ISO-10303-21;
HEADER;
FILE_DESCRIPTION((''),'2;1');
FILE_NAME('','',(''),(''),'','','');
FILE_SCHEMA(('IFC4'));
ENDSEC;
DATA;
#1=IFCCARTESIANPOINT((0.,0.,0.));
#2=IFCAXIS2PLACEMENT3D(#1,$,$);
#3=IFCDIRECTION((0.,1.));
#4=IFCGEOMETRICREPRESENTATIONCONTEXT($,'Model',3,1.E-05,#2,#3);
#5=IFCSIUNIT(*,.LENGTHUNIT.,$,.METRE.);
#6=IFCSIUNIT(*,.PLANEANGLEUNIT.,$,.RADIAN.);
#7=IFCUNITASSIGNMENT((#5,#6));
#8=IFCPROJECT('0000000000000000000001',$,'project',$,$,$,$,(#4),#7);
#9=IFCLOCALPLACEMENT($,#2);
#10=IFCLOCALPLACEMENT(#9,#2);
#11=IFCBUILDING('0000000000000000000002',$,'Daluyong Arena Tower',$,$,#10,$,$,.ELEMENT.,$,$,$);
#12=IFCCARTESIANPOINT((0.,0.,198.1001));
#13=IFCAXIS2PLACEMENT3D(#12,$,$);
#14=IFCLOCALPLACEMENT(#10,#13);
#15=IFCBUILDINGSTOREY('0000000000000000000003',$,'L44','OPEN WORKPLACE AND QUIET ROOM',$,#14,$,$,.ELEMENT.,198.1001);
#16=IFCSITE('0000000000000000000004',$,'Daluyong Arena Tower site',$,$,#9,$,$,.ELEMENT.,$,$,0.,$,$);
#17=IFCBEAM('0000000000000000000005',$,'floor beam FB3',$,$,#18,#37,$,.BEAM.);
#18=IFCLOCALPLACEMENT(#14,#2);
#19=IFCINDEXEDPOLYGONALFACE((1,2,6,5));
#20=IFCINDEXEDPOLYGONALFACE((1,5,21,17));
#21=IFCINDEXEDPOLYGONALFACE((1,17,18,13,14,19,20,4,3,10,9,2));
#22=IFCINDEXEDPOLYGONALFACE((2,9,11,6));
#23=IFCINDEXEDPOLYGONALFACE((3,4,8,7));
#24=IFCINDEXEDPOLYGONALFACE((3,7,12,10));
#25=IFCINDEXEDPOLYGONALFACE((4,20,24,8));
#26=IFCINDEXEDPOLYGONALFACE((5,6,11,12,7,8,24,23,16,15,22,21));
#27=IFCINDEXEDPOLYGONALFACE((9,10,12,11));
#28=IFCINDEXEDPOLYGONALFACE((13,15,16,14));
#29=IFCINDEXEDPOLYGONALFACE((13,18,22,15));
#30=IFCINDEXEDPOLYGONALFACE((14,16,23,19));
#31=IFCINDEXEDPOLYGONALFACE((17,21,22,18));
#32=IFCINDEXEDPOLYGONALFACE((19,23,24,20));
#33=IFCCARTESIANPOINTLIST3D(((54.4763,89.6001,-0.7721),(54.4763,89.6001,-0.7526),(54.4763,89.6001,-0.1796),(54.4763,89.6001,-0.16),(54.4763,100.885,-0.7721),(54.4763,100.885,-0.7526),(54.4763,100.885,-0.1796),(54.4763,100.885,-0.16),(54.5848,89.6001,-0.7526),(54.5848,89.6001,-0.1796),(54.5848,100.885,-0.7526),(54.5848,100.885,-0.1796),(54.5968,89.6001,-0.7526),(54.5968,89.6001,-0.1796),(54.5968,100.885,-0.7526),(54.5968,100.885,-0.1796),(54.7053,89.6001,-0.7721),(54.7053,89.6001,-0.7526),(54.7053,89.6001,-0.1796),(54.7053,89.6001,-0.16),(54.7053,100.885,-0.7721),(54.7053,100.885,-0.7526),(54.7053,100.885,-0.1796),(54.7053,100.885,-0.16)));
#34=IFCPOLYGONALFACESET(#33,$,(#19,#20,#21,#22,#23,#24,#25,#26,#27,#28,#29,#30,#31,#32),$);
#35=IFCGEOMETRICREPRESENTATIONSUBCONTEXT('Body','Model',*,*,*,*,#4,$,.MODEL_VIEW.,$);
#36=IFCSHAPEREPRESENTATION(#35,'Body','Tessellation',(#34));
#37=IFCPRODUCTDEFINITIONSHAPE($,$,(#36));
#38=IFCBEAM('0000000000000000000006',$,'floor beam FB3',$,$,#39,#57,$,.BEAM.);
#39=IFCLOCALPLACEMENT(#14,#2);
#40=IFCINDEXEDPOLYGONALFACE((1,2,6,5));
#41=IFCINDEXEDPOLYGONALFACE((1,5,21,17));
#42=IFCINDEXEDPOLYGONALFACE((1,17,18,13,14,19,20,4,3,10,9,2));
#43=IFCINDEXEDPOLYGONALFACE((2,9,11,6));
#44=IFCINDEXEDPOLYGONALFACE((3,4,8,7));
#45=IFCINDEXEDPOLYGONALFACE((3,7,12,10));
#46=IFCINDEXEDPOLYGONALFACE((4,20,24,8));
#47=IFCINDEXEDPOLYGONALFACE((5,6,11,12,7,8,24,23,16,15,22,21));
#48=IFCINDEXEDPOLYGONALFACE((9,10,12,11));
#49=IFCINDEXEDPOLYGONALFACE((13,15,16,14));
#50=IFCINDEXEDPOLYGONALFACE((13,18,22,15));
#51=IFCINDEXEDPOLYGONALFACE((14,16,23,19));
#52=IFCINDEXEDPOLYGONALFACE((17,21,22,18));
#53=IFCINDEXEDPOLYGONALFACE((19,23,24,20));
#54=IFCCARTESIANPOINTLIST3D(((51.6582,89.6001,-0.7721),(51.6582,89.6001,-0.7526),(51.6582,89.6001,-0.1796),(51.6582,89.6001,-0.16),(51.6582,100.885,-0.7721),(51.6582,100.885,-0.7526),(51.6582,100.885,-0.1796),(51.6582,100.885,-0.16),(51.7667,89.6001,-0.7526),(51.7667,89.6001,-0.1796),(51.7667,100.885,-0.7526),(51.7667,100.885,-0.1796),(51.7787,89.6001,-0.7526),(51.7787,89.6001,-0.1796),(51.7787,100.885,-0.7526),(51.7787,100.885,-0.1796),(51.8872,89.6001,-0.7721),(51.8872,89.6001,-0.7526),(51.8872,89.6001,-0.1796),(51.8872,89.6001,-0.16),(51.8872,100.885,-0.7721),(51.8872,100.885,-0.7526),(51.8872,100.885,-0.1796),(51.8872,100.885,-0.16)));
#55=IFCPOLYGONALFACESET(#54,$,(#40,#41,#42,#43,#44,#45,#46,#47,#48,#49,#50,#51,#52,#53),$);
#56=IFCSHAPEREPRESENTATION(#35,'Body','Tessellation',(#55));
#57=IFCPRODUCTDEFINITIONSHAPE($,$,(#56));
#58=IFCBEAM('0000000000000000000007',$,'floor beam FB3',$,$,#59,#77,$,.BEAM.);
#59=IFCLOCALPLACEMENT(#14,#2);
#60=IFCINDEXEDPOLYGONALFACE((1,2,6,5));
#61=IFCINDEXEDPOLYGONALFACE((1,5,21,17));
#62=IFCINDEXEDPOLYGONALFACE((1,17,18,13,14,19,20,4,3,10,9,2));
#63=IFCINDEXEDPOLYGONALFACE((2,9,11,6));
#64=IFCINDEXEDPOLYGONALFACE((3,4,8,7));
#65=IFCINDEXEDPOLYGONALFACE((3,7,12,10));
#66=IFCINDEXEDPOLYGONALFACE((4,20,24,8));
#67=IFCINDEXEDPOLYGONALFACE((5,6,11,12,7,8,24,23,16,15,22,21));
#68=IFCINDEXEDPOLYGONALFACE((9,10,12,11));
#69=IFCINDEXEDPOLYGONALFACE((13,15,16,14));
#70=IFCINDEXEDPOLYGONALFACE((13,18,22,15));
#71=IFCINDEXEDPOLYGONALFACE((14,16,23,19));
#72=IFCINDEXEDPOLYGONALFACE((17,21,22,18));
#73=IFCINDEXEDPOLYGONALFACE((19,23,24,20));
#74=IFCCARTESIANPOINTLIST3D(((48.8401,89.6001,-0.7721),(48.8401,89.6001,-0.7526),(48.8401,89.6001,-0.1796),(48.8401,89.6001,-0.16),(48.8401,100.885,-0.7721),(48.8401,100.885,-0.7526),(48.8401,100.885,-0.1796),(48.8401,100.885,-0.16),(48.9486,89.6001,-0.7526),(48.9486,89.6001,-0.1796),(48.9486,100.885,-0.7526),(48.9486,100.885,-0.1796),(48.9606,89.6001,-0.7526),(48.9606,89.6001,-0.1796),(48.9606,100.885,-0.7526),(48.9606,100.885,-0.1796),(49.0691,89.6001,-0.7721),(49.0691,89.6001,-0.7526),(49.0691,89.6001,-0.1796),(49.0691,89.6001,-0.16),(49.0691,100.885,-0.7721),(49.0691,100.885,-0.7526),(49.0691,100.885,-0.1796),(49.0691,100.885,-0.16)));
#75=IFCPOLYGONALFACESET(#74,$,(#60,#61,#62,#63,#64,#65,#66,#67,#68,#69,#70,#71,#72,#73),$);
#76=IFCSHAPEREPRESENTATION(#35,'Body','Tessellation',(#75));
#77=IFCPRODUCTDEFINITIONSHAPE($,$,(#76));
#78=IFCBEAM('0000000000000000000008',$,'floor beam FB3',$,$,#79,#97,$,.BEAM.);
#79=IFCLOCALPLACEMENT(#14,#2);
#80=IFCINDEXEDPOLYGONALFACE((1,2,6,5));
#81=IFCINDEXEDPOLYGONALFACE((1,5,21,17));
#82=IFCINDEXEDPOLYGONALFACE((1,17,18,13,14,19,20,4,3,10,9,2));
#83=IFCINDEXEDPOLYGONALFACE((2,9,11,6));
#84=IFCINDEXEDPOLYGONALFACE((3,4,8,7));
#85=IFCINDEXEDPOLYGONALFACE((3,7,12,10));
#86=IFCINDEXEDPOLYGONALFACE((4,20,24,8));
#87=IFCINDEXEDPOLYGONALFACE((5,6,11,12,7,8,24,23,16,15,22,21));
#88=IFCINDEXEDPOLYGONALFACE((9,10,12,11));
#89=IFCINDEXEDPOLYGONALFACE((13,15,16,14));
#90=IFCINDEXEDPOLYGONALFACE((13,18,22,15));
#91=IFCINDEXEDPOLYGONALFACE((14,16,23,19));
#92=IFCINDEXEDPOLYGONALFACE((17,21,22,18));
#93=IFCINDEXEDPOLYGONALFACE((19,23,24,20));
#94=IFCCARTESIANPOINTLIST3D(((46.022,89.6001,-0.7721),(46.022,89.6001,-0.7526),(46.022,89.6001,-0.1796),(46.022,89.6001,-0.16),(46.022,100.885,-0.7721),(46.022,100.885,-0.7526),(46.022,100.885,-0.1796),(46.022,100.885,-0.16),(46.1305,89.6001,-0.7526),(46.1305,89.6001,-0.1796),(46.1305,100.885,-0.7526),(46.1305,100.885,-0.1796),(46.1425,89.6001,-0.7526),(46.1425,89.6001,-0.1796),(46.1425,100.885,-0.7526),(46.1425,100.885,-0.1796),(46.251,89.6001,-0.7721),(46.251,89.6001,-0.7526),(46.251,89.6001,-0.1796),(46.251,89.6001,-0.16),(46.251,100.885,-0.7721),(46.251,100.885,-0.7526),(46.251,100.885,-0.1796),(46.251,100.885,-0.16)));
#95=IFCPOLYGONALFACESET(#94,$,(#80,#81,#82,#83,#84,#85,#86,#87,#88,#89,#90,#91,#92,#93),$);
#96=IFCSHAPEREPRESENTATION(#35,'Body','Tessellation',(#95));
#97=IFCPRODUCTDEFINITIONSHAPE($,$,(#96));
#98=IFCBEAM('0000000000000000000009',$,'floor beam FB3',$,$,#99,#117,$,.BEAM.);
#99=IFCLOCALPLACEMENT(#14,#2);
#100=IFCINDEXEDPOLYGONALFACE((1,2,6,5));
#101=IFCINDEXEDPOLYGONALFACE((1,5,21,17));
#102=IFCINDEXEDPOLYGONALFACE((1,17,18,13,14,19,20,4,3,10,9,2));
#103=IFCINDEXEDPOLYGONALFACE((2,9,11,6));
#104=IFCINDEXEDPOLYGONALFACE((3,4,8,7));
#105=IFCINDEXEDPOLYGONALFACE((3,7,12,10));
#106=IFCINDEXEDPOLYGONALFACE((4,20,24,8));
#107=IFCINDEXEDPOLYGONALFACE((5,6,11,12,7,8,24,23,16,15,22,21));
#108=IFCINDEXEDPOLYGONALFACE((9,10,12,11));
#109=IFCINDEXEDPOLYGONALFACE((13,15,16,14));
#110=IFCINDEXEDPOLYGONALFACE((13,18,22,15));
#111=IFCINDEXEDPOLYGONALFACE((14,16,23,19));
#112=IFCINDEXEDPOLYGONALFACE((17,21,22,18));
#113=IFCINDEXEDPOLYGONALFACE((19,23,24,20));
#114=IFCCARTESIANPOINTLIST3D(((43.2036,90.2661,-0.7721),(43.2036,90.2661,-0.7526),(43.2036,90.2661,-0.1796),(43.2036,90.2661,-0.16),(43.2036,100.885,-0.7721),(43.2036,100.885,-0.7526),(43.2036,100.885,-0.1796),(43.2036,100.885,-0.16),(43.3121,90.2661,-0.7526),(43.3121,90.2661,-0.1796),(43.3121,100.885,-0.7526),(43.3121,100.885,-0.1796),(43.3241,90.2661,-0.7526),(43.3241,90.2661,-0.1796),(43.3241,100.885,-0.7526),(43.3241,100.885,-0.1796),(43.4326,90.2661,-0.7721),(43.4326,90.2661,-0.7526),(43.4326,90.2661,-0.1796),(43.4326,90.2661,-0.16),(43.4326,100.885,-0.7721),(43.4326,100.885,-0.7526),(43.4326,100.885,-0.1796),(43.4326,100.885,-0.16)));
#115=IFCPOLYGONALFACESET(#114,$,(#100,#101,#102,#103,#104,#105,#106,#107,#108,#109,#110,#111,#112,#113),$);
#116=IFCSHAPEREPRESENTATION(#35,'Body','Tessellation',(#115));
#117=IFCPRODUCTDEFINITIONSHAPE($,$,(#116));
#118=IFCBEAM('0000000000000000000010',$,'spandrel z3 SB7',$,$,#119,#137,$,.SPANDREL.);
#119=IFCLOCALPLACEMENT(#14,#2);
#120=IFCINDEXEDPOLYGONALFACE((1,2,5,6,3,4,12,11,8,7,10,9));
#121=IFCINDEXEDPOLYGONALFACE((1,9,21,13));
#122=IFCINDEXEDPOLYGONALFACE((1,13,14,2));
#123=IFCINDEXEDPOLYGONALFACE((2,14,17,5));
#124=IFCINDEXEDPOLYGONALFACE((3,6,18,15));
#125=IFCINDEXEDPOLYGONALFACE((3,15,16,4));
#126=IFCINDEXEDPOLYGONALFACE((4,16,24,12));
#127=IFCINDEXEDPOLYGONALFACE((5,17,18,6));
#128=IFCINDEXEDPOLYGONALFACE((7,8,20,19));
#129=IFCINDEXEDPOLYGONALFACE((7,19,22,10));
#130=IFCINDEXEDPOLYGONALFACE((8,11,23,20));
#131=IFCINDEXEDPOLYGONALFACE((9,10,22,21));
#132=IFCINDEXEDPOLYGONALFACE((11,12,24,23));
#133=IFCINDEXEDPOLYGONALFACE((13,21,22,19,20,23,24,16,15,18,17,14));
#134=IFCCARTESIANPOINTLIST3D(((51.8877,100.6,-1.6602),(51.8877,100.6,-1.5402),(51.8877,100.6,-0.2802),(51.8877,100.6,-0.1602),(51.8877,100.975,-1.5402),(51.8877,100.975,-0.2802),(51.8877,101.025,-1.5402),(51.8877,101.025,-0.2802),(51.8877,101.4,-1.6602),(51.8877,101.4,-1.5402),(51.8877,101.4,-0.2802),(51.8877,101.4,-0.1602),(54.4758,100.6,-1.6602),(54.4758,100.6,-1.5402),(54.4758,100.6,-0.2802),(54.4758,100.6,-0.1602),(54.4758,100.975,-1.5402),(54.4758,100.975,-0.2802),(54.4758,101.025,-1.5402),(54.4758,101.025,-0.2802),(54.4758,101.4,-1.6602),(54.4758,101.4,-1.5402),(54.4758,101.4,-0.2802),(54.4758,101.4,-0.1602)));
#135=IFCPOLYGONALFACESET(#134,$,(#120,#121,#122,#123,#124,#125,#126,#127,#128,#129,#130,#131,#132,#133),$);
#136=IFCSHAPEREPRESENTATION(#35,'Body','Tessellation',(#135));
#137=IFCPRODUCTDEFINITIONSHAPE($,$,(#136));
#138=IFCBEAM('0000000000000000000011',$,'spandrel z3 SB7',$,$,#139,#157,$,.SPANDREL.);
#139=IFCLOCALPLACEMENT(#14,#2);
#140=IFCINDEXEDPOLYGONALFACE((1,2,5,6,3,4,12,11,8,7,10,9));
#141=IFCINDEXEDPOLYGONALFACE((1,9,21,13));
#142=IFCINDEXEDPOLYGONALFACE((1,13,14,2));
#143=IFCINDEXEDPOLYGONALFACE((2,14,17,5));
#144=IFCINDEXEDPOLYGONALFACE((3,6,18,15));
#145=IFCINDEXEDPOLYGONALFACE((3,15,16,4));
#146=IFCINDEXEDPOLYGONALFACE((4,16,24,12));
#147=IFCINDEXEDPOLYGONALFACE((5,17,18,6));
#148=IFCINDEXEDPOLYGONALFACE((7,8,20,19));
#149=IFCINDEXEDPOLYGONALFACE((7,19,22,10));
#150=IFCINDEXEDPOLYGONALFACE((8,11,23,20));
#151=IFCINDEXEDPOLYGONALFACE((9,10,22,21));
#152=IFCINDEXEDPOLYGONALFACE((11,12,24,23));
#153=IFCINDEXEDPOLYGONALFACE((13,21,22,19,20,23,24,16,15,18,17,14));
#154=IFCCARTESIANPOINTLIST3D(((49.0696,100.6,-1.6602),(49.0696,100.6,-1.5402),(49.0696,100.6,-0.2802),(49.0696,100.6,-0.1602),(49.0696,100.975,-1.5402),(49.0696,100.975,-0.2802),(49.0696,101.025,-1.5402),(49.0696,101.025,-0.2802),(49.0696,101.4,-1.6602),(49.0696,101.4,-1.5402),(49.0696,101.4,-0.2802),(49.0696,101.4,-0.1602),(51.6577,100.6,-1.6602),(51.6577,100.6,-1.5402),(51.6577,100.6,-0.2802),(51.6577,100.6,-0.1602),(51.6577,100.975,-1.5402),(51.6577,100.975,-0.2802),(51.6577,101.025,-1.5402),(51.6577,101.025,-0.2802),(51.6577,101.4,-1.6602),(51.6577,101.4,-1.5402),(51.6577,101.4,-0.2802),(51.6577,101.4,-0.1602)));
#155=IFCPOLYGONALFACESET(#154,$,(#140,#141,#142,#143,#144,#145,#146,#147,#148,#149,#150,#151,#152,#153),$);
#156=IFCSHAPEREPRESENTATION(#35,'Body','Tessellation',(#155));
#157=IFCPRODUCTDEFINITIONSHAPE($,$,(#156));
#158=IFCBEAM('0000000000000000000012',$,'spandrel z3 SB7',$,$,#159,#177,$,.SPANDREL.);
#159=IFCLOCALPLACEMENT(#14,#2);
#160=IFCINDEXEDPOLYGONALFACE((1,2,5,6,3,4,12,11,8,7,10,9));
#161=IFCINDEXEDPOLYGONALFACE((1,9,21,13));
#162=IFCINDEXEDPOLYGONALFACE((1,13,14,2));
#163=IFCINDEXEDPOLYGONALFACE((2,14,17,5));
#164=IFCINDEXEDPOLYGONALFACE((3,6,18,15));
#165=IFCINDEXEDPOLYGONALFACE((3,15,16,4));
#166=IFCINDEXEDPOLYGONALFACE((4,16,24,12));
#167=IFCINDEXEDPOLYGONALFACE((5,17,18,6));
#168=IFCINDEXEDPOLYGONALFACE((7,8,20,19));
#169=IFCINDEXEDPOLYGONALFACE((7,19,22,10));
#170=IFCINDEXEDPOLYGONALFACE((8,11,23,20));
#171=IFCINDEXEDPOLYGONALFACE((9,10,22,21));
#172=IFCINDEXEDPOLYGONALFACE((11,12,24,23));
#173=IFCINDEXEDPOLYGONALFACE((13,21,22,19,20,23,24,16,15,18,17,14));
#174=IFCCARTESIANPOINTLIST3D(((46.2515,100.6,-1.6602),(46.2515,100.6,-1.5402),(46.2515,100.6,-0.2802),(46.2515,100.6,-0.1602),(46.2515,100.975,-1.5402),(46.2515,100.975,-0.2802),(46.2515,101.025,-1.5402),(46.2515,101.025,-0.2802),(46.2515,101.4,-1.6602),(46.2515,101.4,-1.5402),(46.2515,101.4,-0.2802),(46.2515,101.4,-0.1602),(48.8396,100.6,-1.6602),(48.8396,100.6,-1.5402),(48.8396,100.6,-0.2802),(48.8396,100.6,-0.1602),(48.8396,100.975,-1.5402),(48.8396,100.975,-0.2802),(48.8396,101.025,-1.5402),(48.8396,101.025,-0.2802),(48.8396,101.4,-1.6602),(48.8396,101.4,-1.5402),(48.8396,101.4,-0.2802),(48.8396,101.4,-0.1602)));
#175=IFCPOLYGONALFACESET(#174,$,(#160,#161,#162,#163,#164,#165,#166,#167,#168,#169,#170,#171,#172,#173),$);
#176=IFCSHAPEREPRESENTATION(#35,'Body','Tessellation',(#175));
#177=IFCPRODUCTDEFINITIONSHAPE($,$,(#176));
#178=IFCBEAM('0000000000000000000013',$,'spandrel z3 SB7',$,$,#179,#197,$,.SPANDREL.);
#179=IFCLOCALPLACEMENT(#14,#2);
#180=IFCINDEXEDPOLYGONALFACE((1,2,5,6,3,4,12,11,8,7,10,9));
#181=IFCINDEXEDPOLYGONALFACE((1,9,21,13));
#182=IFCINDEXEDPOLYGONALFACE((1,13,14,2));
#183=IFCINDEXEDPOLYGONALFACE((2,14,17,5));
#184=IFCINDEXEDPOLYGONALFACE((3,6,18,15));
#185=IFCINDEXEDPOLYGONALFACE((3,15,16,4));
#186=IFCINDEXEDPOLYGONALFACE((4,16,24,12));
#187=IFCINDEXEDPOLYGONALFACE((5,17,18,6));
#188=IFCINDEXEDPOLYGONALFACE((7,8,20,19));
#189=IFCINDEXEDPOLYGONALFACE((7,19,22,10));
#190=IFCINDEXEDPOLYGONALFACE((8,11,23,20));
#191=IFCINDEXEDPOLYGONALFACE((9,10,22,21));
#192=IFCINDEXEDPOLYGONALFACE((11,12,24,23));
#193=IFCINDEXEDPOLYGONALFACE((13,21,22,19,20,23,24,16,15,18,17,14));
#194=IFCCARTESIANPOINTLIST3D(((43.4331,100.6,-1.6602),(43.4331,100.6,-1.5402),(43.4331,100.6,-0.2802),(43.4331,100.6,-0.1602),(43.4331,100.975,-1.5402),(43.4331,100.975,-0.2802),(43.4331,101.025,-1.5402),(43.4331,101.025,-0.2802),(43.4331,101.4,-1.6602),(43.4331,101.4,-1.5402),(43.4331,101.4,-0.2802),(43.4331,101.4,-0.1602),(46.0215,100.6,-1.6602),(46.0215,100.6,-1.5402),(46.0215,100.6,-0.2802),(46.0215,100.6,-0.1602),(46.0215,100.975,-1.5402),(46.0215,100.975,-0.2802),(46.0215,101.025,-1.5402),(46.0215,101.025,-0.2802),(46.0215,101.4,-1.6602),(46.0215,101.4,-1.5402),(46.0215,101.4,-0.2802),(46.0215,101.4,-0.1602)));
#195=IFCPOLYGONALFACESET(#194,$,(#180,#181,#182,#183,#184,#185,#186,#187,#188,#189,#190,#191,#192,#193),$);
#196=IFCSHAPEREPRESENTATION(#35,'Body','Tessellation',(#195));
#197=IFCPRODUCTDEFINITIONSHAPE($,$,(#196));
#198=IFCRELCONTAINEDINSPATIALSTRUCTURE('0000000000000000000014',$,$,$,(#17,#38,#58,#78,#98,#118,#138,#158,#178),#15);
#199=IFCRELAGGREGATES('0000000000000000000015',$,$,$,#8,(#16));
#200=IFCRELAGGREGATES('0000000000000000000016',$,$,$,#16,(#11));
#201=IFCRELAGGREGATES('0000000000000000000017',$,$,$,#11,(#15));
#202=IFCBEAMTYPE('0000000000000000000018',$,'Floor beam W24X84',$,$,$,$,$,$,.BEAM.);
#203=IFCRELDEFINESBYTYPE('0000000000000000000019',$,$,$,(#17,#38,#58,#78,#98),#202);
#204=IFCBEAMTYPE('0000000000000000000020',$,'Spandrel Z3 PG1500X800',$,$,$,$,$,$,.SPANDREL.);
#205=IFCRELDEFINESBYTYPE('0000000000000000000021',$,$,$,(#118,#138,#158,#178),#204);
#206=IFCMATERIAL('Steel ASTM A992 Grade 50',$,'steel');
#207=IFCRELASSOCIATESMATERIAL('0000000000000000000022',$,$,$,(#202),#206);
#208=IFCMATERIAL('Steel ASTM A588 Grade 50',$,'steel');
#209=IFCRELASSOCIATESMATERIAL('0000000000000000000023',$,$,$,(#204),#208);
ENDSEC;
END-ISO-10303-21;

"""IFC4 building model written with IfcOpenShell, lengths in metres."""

from ifc_helpers import new_model, si_unit, direction, frame, origin, origin_2d, place, context, subcontext, project, spatial, i_section, extrude, material, material_profile, profile_set, type_object, element, save


model = new_model("IFC4")

# Units and contexts
model_context = context("Model", 3, precision=1e-05, world=origin(), true_north=direction((0.0, 1.0)))
body_context = subcontext(model_context, "Body", "Model", "MODEL_VIEW")
ifc_project = project(units=[si_unit("LENGTHUNIT", "METRE"), si_unit("PLANEANGLEUNIT", "RADIAN")], contexts=[model_context])

# Site, building, storey
site_placement = place(None, origin())
site = spatial("IfcSite", under=ifc_project, at=site_placement, Name="Daluyong Arena Tower site", CompositionType="ELEMENT", RefElevation=0.0)
building_placement = place(site_placement, origin())
building = spatial("IfcBuilding", under=site, at=building_placement, Name="Daluyong Arena Tower", CompositionType="ELEMENT")
storey_placement = place(building_placement, frame((0.0, 0.0, 198.1001)))
storey = spatial("IfcBuildingStorey", under=building, at=storey_placement, Name="L44", Description="OPEN WORKPLACE AND QUIET ROOM", CompositionType="ELEMENT", Elevation=198.1001)

# Beams
ifc_material_1 = material(Name="Steel ASTM A992 Grade 50", Category="steel")
ifc_material_profile_1 = material_profile(ifc_material_1, i_section(OverallWidth=0.229, OverallDepth=0.6121, WebThickness=0.012, FlangeThickness=0.0195, at=origin_2d()))
ifc_profile_set_1 = profile_set([ifc_material_profile_1], Name="Steel ASTM A992 Grade 50")
beam_type_1 = type_object("IfcBeamType", Name="Floor beam W24X84", PredefinedType="BEAM", material=ifc_profile_set_1)
for number, where, z_axis, x_axis, name in (
    (1, (54.5908, 100.885, -0.4661), (0.0, -1.0, 0.0), (1.0, 0.0, 0.0), "floor beam FB3"),
    (2, (51.7727, 100.885, -0.4661), (0.0, -1.0, 0.0), (1.0, 0.0, 0.0), "floor beam FB3"),
    (3, (48.9546, 100.885, -0.4661), (0.0, -1.0, 0.0), (1.0, 0.0, 0.0), "floor beam FB3"),
    (4, (46.1365, 100.885, -0.4661), (0.0, -1.0, 0.0), (1.0, 0.0, 0.0), "floor beam FB3"),
):
    element("IfcBeam", number, at=place(storey_placement, frame(where, z_axis=z_axis, x_axis=x_axis)), inside=storey, type_object=beam_type_1, Name=name, PredefinedType="BEAM", context=body_context, shape_type="SweptSolid", body=[
        extrude(i_section(OverallWidth=0.229, OverallDepth=0.6121, WebThickness=0.012, FlangeThickness=0.0195, at=origin_2d()), origin(), (0.0, 0.0, 1.0), 11.2849),
    ])
beam_1_placement = place(storey_placement, frame((43.3181, 100.885, -0.4661), z_axis=(0.0, -1.0, 0.0), x_axis=(1.0, 0.0, 0.0)))
element("IfcBeam", 5, at=beam_1_placement, inside=storey, type_object=beam_type_1, Name="floor beam FB3", PredefinedType="BEAM", context=body_context, shape_type="SweptSolid", body=[
    extrude(i_section(OverallWidth=0.229, OverallDepth=0.6121, WebThickness=0.012, FlangeThickness=0.0195, at=origin_2d()), origin(), (0.0, 0.0, 1.0), 10.6189),
])
ifc_material_2 = material(Name="Steel ASTM A588 Grade 50", Category="steel")
ifc_material_profile_2 = material_profile(ifc_material_2, i_section(OverallWidth=0.8, OverallDepth=1.5, WebThickness=0.05, FlangeThickness=0.12, at=origin_2d()))
ifc_profile_set_2 = profile_set([ifc_material_profile_2], Name="Steel ASTM A588 Grade 50")
beam_type_2 = type_object("IfcBeamType", Name="Spandrel Z3 PG1500X800", PredefinedType="SPANDREL", material=ifc_profile_set_2)
for number, where, z_axis, x_axis, name in (
    (6, (54.4758, 101.0, -0.9102), (-1.0, 0.0, 0.0), (0.0, -1.0, 0.0), "spandrel z3 SB7"),
    (7, (51.6577, 101.0, -0.9102), (-1.0, 0.0, 0.0), (0.0, -1.0, 0.0), "spandrel z3 SB7"),
    (8, (48.8396, 101.0, -0.9102), (-1.0, 0.0, 0.0), (0.0, -1.0, 0.0), "spandrel z3 SB7"),
):
    element("IfcBeam", number, at=place(storey_placement, frame(where, z_axis=z_axis, x_axis=x_axis)), inside=storey, type_object=beam_type_2, Name=name, PredefinedType="SPANDREL", context=body_context, shape_type="SweptSolid", body=[
        extrude(i_section(OverallWidth=0.8, OverallDepth=1.5, WebThickness=0.05, FlangeThickness=0.12, at=origin_2d()), origin(), (0.0, 0.0, 1.0), 2.5881),
    ])
beam_2_placement = place(storey_placement, frame((46.0215, 101.0, -0.9102), z_axis=(-1.0, 0.0, 0.0), x_axis=(0.0, -1.0, 0.0)))
element("IfcBeam", 9, at=beam_2_placement, inside=storey, type_object=beam_type_2, Name="spandrel z3 SB7", PredefinedType="SPANDREL", context=body_context, shape_type="SweptSolid", body=[
    extrude(i_section(OverallWidth=0.8, OverallDepth=1.5, WebThickness=0.05, FlangeThickness=0.12, at=origin_2d()), origin(), (0.0, 0.0, 1.0), 2.5884),
])

save(model, "model.ifc")
